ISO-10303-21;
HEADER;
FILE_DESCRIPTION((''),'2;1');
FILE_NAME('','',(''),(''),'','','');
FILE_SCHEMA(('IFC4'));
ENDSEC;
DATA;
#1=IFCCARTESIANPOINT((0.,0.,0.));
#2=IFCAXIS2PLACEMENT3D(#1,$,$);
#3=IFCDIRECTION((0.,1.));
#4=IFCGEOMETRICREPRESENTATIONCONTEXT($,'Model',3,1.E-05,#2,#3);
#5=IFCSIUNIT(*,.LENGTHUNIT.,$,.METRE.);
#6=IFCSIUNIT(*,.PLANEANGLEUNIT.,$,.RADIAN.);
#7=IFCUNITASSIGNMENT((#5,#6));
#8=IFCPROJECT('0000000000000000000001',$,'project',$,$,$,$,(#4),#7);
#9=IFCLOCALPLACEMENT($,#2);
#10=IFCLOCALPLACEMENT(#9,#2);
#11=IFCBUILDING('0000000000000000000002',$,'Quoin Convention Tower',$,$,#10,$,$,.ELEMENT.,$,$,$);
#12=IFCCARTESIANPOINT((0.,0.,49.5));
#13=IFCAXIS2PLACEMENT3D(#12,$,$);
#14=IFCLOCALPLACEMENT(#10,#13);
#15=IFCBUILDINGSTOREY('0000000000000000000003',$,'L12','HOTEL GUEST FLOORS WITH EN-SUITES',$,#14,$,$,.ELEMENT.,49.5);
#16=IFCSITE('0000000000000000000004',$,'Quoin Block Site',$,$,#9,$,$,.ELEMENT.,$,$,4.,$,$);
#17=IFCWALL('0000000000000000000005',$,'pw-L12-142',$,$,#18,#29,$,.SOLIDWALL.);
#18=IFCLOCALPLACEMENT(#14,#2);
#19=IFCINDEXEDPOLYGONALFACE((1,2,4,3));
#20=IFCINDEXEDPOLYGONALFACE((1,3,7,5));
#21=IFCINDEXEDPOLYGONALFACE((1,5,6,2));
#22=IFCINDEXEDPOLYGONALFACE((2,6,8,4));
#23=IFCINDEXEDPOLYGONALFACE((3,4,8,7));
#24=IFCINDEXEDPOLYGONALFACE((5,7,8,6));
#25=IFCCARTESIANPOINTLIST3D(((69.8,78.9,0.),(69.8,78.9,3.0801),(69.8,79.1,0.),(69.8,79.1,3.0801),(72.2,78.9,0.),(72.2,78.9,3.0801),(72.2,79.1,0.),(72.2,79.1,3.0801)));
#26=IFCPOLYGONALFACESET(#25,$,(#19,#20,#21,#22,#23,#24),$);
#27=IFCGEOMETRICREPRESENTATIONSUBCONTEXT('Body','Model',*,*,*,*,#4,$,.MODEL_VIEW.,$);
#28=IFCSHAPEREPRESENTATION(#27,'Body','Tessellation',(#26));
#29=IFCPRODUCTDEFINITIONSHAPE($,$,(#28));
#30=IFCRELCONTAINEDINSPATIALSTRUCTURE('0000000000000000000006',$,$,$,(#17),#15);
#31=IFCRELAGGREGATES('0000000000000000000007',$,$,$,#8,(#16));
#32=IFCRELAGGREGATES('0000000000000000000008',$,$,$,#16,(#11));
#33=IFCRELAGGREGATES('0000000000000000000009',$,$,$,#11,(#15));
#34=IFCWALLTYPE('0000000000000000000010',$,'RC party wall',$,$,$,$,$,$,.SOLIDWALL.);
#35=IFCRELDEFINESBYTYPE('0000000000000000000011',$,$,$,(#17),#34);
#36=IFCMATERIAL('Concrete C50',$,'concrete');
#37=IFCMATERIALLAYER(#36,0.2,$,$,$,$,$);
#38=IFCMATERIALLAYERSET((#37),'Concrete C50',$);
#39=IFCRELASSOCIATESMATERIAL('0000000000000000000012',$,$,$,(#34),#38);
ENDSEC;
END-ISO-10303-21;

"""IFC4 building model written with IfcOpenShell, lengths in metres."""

from ifc_helpers import new_model, si_unit, direction, frame, frame_2d, origin, place, context, subcontext, project, spatial, rectangle, extrude, material, layer, layer_set, type_object, element, save


model = new_model("IFC4")

# Units and contexts
model_context = context("Model", 3, precision=1e-05, world=origin(), true_north=direction((0.0, 1.0)))
body_context = subcontext(model_context, "Body", "Model", "MODEL_VIEW")
ifc_project = project(units=[si_unit("LENGTHUNIT", "METRE"), si_unit("PLANEANGLEUNIT", "RADIAN")], contexts=[model_context])

# Site, building, storey
site_placement = place(None, origin())
site = spatial("IfcSite", under=ifc_project, at=site_placement, Name="Quoin Block Site", CompositionType="ELEMENT", RefElevation=4.0)
building_placement = place(site_placement, origin())
building = spatial("IfcBuilding", under=site, at=building_placement, Name="Quoin Convention Tower", CompositionType="ELEMENT")
storey_placement = place(building_placement, frame((0.0, 0.0, 49.5)))
storey = spatial("IfcBuildingStorey", under=building, at=storey_placement, Name="L12", Description="HOTEL GUEST FLOORS WITH EN-SUITES", CompositionType="ELEMENT", Elevation=49.5)

# Shared definitions
ifc_material_1 = material(Name="Concrete C50", Category="concrete")
ifc_layer_1 = layer(ifc_material_1, 0.2)
ifc_layer_set_1 = layer_set([ifc_layer_1], Name="Concrete C50")
wall_type_1 = type_object("IfcWallType", Name="RC party wall", PredefinedType="SOLIDWALL", material=ifc_layer_set_1)

# Wall
wall_1_placement = place(storey_placement, frame((69.8, 79.0, 0.0), z_axis=(0.0, 0.0, 1.0), x_axis=(1.0, 0.0, 0.0)))
element("IfcWall", 1, at=wall_1_placement, inside=storey, type_object=wall_type_1, Name="pw-L12-142", PredefinedType="SOLIDWALL", context=body_context, shape_type="SweptSolid", body=[
    extrude(rectangle(XDim=2.3999, YDim=0.2, at=frame_2d((1.2, 0.0))), origin(), (0.0, 0.0, 1.0), 3.0801),
])

save(model, "model.ifc")
